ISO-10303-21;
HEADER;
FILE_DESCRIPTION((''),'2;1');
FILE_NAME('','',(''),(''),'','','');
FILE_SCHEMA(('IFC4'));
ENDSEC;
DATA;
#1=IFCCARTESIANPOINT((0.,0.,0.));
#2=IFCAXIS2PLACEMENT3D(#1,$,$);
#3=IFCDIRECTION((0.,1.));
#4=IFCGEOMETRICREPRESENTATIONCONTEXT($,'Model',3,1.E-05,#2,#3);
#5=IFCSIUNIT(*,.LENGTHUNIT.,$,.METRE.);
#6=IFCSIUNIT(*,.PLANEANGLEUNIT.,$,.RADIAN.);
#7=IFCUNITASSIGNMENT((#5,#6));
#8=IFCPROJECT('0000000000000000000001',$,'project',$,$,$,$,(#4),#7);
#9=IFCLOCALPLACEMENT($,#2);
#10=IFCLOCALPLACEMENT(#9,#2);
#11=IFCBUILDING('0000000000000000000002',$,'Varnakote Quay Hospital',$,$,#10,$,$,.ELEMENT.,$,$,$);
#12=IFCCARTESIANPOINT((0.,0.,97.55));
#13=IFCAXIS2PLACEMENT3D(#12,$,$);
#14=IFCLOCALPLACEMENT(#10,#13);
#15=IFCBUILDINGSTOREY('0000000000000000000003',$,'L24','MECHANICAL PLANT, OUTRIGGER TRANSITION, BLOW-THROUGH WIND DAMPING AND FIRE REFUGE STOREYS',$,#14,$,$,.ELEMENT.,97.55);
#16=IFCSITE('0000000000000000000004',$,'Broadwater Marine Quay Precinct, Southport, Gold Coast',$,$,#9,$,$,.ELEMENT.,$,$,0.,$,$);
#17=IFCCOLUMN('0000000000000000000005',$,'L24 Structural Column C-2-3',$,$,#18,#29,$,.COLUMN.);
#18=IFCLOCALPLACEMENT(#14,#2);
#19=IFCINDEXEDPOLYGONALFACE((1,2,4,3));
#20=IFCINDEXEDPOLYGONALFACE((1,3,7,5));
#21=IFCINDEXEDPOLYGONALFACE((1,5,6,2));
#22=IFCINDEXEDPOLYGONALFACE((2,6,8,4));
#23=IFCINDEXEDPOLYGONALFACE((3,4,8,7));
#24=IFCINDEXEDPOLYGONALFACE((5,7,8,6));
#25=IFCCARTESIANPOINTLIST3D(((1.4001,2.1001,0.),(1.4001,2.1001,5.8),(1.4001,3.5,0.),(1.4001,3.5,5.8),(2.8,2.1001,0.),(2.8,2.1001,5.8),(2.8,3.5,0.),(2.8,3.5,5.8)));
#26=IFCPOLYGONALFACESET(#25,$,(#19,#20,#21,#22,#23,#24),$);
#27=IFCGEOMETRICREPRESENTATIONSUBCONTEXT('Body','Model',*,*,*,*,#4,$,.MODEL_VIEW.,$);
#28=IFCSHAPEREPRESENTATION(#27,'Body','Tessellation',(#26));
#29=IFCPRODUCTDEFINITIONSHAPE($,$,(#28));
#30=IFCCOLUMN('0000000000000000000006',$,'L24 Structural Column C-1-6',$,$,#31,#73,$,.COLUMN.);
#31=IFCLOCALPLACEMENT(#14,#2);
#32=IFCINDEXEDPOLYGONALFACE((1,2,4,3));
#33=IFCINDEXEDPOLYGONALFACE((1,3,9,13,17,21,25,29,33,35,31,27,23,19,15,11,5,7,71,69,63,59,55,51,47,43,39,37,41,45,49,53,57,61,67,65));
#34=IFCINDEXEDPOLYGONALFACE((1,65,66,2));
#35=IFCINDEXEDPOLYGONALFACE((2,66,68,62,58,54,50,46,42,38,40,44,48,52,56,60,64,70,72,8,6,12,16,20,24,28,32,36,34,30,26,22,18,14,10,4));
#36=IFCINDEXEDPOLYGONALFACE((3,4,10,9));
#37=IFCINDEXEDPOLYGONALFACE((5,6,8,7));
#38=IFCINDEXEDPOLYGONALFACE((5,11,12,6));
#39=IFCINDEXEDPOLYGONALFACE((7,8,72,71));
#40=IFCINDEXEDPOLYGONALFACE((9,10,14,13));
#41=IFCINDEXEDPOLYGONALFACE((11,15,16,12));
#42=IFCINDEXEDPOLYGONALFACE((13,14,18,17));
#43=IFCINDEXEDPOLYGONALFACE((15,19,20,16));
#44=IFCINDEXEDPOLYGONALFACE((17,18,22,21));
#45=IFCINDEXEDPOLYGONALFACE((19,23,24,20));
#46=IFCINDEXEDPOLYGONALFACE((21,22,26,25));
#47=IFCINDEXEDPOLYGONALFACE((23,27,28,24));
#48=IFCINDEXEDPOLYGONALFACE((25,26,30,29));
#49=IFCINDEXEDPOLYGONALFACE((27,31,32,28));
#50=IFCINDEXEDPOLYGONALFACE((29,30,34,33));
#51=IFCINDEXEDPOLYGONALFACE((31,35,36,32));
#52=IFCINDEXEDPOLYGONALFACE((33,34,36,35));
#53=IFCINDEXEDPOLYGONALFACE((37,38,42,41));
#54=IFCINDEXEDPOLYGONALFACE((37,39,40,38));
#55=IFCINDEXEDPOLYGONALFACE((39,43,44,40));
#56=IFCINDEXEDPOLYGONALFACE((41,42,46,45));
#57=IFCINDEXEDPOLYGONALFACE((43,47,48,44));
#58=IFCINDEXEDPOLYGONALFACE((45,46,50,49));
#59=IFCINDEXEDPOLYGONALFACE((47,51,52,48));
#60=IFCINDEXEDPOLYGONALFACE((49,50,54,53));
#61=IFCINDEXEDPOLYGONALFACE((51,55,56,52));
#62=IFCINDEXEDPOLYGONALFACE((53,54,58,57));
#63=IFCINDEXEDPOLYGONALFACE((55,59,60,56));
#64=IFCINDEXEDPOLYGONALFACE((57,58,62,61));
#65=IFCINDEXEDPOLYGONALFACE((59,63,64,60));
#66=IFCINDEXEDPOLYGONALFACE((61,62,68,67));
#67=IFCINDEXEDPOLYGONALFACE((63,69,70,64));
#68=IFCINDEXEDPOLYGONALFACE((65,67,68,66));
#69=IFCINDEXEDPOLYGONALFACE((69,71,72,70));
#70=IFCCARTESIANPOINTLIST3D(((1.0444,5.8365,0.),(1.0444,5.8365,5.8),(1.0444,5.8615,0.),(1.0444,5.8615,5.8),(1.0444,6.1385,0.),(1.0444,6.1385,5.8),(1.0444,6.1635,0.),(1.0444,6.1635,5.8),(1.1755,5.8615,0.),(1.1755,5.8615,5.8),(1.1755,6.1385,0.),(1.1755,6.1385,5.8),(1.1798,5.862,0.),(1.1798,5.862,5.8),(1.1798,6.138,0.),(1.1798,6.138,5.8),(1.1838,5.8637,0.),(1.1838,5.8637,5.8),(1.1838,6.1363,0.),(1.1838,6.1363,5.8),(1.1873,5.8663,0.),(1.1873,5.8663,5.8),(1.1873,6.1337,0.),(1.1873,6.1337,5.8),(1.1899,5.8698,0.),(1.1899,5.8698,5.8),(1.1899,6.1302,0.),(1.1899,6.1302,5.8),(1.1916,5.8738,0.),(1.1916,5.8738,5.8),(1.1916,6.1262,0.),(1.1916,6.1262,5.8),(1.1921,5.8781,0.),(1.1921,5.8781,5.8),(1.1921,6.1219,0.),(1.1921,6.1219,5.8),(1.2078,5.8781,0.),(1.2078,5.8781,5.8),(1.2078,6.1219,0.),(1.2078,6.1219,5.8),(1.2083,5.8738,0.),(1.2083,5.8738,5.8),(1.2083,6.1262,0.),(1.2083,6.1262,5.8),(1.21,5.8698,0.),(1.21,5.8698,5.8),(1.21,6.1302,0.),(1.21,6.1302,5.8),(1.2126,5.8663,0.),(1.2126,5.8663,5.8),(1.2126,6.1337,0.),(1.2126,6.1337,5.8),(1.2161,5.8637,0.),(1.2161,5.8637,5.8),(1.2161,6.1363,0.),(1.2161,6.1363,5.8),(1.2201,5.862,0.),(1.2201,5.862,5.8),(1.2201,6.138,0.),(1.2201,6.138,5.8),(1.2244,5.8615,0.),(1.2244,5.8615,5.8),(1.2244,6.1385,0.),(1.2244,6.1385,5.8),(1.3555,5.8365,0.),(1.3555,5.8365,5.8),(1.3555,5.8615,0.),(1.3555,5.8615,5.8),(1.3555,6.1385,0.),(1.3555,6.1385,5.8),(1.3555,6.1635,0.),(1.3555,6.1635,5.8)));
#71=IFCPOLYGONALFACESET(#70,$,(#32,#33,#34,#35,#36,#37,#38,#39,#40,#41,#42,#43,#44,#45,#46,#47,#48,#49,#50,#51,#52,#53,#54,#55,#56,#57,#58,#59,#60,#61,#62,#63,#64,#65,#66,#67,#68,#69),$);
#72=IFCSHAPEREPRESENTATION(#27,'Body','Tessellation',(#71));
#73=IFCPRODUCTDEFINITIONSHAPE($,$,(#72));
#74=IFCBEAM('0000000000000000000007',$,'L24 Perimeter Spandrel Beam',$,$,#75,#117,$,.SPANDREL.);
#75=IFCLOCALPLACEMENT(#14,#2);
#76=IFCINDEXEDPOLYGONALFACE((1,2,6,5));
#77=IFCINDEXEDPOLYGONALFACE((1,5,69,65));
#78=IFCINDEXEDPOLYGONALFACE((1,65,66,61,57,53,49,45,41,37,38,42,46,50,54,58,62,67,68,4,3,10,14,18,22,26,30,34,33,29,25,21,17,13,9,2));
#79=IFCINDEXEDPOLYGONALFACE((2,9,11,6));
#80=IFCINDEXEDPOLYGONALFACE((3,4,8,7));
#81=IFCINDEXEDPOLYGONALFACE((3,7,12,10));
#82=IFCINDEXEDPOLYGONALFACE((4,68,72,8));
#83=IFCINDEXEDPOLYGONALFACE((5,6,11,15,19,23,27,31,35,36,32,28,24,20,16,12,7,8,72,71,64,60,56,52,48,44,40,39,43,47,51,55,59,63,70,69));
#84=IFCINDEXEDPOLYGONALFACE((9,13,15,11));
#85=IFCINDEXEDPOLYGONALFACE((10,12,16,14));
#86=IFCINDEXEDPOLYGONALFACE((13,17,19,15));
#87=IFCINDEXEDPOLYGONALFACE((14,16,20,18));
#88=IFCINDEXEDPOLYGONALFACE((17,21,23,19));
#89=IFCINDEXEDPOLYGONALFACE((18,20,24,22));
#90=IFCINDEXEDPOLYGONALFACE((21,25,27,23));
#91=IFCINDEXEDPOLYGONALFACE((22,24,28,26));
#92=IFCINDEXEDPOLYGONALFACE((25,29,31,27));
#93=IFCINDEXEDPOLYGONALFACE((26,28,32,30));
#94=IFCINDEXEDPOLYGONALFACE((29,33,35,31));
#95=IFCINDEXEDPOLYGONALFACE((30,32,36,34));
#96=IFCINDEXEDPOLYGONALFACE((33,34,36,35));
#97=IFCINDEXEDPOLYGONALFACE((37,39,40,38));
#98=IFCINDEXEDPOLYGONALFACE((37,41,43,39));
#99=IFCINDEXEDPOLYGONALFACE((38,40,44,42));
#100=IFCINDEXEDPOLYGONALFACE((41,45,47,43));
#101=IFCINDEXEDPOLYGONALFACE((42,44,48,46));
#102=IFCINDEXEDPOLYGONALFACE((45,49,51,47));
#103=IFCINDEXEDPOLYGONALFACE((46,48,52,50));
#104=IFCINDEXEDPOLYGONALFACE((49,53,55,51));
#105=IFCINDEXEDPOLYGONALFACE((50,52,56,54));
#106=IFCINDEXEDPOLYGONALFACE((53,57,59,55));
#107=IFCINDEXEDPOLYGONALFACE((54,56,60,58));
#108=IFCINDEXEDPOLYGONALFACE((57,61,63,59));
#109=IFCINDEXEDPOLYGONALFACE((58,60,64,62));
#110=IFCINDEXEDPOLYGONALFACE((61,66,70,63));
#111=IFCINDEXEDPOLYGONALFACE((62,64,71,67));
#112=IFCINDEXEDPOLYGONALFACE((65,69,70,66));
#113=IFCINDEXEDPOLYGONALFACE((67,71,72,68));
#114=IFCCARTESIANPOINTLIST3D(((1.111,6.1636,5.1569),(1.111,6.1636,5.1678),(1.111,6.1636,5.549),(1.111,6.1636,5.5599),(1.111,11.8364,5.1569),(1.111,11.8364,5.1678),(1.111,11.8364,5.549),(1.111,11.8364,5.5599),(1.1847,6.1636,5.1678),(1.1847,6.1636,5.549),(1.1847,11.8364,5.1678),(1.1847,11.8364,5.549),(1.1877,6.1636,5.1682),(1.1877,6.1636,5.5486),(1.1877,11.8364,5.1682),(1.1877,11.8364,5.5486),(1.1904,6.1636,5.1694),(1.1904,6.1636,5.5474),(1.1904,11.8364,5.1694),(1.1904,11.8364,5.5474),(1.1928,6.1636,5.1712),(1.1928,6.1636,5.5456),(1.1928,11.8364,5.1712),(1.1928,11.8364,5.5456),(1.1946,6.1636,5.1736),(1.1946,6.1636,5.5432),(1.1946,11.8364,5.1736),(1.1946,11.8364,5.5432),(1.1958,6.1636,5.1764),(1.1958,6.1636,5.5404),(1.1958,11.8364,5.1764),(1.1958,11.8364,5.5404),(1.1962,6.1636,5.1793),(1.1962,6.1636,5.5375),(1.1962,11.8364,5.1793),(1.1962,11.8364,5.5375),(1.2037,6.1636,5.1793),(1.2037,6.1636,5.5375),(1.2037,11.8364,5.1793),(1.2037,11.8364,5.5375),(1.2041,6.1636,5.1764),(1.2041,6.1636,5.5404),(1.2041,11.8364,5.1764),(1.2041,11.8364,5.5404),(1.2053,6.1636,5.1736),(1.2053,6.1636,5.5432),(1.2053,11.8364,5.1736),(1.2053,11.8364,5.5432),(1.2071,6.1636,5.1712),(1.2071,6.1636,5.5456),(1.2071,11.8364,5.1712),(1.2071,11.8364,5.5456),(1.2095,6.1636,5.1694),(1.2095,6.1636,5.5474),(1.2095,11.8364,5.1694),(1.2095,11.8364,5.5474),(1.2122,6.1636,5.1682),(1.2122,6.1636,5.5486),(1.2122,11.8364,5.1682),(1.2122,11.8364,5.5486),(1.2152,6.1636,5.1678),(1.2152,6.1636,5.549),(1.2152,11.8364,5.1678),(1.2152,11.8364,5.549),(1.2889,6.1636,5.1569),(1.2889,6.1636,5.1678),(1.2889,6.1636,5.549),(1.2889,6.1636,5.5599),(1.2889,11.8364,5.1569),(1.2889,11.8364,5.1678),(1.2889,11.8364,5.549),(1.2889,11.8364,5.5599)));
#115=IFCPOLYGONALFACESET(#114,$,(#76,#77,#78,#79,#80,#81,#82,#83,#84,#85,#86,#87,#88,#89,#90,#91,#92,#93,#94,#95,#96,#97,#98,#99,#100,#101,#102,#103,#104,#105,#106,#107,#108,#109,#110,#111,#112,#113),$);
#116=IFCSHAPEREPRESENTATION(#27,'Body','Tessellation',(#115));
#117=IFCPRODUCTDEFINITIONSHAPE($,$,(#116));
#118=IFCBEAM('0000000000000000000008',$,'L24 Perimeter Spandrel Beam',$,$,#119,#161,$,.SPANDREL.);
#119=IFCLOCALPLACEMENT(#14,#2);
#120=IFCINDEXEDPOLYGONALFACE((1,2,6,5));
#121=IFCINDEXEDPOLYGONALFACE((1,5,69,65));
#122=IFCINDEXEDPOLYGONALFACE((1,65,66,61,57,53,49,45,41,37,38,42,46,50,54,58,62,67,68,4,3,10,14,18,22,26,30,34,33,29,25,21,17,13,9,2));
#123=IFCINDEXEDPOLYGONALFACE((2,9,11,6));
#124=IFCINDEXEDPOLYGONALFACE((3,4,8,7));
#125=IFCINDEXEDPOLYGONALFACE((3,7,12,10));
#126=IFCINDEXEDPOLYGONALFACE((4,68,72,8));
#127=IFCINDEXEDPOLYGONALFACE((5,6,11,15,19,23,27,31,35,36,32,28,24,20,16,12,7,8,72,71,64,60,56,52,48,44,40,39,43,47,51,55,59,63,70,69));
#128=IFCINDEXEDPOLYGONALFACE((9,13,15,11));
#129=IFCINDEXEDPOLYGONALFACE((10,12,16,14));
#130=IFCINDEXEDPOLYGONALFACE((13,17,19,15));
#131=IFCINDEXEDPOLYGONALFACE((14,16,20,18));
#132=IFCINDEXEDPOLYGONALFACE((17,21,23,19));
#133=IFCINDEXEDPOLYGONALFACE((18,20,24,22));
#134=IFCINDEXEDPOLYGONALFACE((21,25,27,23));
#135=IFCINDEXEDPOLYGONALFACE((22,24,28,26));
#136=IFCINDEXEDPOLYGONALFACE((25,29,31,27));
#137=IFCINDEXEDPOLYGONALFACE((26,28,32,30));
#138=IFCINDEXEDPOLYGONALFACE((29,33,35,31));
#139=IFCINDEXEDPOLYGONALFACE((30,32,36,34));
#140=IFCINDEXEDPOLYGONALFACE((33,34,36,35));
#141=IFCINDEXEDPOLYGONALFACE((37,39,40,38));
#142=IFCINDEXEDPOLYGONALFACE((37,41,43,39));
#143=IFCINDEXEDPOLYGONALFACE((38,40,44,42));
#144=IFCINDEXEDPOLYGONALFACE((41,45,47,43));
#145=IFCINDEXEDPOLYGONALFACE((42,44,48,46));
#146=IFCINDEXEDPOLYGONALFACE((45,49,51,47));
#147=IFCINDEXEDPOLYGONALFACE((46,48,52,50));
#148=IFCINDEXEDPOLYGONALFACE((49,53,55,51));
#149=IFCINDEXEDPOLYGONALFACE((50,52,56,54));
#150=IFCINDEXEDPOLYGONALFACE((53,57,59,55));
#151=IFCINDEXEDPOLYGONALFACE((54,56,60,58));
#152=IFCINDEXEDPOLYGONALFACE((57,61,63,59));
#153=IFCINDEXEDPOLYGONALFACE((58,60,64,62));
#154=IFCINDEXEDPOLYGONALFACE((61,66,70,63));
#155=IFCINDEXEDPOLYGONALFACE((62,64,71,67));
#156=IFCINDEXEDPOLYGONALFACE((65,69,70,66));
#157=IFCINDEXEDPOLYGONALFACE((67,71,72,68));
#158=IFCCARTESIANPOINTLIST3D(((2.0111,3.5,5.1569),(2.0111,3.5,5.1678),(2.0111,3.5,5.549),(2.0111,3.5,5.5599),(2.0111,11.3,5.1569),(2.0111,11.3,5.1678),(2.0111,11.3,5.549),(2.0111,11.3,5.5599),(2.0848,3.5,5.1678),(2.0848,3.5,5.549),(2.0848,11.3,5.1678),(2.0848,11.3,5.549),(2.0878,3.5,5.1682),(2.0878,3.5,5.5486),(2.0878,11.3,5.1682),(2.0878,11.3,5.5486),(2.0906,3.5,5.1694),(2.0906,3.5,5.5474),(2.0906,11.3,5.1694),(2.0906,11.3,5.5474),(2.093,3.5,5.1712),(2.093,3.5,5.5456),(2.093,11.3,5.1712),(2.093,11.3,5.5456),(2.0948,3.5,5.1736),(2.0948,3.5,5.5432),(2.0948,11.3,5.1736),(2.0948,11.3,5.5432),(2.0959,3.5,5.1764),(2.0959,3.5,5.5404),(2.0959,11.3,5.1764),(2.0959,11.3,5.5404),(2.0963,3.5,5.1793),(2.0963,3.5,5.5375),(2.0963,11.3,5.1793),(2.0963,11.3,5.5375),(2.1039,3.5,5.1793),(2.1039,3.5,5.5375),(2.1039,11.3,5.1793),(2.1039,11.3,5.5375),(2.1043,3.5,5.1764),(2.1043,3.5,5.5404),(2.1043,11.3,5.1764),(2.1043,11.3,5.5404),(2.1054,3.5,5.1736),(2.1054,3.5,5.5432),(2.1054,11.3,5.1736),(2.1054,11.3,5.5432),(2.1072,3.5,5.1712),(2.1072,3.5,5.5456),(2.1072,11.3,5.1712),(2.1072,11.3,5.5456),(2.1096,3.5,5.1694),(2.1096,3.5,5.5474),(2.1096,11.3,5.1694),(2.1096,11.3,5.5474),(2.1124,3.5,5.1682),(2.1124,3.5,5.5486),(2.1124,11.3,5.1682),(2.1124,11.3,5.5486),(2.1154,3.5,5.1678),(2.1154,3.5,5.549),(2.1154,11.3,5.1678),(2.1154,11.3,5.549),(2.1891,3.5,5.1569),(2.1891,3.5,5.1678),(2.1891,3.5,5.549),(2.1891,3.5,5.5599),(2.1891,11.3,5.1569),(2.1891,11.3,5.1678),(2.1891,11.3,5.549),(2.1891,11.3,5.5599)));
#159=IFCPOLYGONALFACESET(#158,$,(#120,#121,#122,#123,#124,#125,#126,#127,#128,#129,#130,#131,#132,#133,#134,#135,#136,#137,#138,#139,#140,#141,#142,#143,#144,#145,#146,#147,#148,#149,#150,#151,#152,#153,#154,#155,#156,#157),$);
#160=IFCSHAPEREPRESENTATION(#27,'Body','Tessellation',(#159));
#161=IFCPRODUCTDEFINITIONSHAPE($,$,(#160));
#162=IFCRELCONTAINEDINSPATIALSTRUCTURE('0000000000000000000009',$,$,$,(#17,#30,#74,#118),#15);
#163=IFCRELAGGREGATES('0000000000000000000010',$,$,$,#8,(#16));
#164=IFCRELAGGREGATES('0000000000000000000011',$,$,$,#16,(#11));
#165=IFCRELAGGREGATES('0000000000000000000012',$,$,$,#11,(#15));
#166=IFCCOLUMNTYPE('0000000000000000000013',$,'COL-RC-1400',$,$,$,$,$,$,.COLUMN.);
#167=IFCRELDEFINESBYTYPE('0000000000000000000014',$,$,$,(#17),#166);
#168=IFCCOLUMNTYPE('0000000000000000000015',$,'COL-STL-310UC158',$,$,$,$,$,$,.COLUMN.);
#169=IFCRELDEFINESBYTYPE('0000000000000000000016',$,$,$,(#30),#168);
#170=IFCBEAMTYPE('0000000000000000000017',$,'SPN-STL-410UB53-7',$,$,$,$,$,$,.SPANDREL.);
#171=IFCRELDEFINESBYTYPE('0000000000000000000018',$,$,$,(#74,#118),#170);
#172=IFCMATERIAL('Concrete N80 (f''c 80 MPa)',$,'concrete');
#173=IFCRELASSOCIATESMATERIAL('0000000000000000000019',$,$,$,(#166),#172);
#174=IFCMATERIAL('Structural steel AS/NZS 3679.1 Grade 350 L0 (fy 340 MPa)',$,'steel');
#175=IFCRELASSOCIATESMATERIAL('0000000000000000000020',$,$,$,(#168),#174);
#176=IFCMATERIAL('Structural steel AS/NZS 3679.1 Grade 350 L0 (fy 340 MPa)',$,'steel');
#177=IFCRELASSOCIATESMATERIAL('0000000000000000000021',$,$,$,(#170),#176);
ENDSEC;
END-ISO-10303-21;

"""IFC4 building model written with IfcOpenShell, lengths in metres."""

from ifc_helpers import new_model, si_unit, direction, frame, origin, origin_2d, place, context, subcontext, project, spatial, rectangle, i_section, extrude, material, material_profile, profile_set, type_object, element, save


model = new_model("IFC4")

# Units and contexts
model_context = context("Model", 3, precision=1e-05, world=origin(), true_north=direction((0.0, 1.0)))
body_context = subcontext(model_context, "Body", "Model", "MODEL_VIEW")
ifc_project = project(units=[si_unit("LENGTHUNIT", "METRE"), si_unit("PLANEANGLEUNIT", "RADIAN")], contexts=[model_context])

# Site, building, storey
site_placement = place(None, origin())
site = spatial("IfcSite", under=ifc_project, at=site_placement, Name="Broadwater Marine Quay Precinct, Southport, Gold Coast", CompositionType="ELEMENT", RefElevation=0.0)
building_placement = place(site_placement, origin())
building = spatial("IfcBuilding", under=site, at=building_placement, Name="Varnakote Quay Hospital", CompositionType="ELEMENT")
storey_placement = place(building_placement, frame((0.0, 0.0, 97.55)))
storey = spatial("IfcBuildingStorey", under=building, at=storey_placement, Name="L24", Description="MECHANICAL PLANT, OUTRIGGER TRANSITION, BLOW-THROUGH WIND DAMPING AND FIRE REFUGE STOREYS", CompositionType="ELEMENT", Elevation=97.55)

# Columns
ifc_material_1 = material(Name="Concrete N80 (f'c 80 MPa)", Category="concrete")
ifc_material_profile_1 = material_profile(ifc_material_1, rectangle(XDim=1.3999, YDim=1.3999, at=origin_2d()), Name="RC-COL-1400x1400")
ifc_profile_set_1 = profile_set([ifc_material_profile_1], Name="Concrete N80 (f'c 80 MPa)")
column_type_1 = type_object("IfcColumnType", Name="COL-RC-1400", PredefinedType="COLUMN", material=ifc_profile_set_1)
column_1_placement = place(storey_placement, frame((2.1001, 2.8, 0.0), z_axis=(0.0, 0.0, 1.0), x_axis=(1.0, 0.0, 0.0)))
element("IfcColumn", 1, at=column_1_placement, inside=storey, type_object=column_type_1, Name="L24 Structural Column C-2-3", PredefinedType="COLUMN", context=body_context, shape_type="SweptSolid", body=[
    extrude(rectangle(XDim=1.3999, YDim=1.3999, at=origin_2d()), origin(), (0.0, 0.0, 1.0), 5.8),
])
ifc_material_2 = material(Name="Structural steel AS/NZS 3679.1 Grade 350 L0 (fy 340 MPa)", Category="steel")
ifc_material_profile_2 = material_profile(ifc_material_2, i_section(OverallWidth=0.311, OverallDepth=0.3269, WebThickness=0.0156, FlangeThickness=0.0249, FilletRadius=0.0166, at=origin_2d()), Name="310UC158")
ifc_profile_set_2 = profile_set([ifc_material_profile_2], Name="Structural steel AS/NZS 3679.1 Grade 350 L0 (fy 340 MPa)")
column_type_2 = type_object("IfcColumnType", Name="COL-STL-310UC158", PredefinedType="COLUMN", material=ifc_profile_set_2)
column_2_placement = place(storey_placement, frame((1.2, 6.0, 0.0), z_axis=(0.0, 0.0, 1.0), x_axis=(1.0, 0.0, 0.0)))
element("IfcColumn", 2, at=column_2_placement, inside=storey, type_object=column_type_2, Name="L24 Structural Column C-1-6", PredefinedType="COLUMN", context=body_context, shape_type="SweptSolid", body=[
    extrude(i_section(OverallWidth=0.311, OverallDepth=0.3269, WebThickness=0.0156, FlangeThickness=0.0249, FilletRadius=0.0166, at=origin_2d()), origin(), (0.0, 0.0, 1.0), 5.8),
])

# Beams
ifc_material_3 = material(Name="Structural steel AS/NZS 3679.1 Grade 350 L0 (fy 340 MPa)", Category="steel")
ifc_material_profile_3 = material_profile(ifc_material_3, i_section(OverallWidth=0.178, OverallDepth=0.4031, WebThickness=0.0076, FlangeThickness=0.011, FilletRadius=0.0115, at=origin_2d()), Name="410UB53.7")
ifc_profile_set_3 = profile_set([ifc_material_profile_3], Name="Structural steel AS/NZS 3679.1 Grade 350 L0 (fy 340 MPa)")
beam_type_1 = type_object("IfcBeamType", Name="SPN-STL-410UB53-7", PredefinedType="SPANDREL", material=ifc_profile_set_3)
beam_1_placement = place(storey_placement, frame((1.2, 6.1636, 5.3584), z_axis=(0.0, 1.0, 0.0), x_axis=(-1.0, 0.0, 0.0)))
element("IfcBeam", 3, at=beam_1_placement, inside=storey, type_object=beam_type_1, Name="L24 Perimeter Spandrel Beam", PredefinedType="SPANDREL", context=body_context, shape_type="SweptSolid", body=[
    extrude(i_section(OverallWidth=0.178, OverallDepth=0.4031, WebThickness=0.0076, FlangeThickness=0.011, FilletRadius=0.0115, at=origin_2d()), origin(), (0.0, 0.0, 1.0), 5.6729),
])
beam_2_placement = place(storey_placement, frame((2.1001, 3.5, 5.3584), z_axis=(0.0, 1.0, 0.0), x_axis=(-1.0, 0.0, 0.0)))
element("IfcBeam", 4, at=beam_2_placement, inside=storey, type_object=beam_type_1, Name="L24 Perimeter Spandrel Beam", PredefinedType="SPANDREL", context=body_context, shape_type="SweptSolid", body=[
    extrude(i_section(OverallWidth=0.178, OverallDepth=0.4031, WebThickness=0.0076, FlangeThickness=0.011, FilletRadius=0.0115, at=origin_2d()), origin(), (0.0, 0.0, 1.0), 7.8),
])

save(model, "model.ifc")
